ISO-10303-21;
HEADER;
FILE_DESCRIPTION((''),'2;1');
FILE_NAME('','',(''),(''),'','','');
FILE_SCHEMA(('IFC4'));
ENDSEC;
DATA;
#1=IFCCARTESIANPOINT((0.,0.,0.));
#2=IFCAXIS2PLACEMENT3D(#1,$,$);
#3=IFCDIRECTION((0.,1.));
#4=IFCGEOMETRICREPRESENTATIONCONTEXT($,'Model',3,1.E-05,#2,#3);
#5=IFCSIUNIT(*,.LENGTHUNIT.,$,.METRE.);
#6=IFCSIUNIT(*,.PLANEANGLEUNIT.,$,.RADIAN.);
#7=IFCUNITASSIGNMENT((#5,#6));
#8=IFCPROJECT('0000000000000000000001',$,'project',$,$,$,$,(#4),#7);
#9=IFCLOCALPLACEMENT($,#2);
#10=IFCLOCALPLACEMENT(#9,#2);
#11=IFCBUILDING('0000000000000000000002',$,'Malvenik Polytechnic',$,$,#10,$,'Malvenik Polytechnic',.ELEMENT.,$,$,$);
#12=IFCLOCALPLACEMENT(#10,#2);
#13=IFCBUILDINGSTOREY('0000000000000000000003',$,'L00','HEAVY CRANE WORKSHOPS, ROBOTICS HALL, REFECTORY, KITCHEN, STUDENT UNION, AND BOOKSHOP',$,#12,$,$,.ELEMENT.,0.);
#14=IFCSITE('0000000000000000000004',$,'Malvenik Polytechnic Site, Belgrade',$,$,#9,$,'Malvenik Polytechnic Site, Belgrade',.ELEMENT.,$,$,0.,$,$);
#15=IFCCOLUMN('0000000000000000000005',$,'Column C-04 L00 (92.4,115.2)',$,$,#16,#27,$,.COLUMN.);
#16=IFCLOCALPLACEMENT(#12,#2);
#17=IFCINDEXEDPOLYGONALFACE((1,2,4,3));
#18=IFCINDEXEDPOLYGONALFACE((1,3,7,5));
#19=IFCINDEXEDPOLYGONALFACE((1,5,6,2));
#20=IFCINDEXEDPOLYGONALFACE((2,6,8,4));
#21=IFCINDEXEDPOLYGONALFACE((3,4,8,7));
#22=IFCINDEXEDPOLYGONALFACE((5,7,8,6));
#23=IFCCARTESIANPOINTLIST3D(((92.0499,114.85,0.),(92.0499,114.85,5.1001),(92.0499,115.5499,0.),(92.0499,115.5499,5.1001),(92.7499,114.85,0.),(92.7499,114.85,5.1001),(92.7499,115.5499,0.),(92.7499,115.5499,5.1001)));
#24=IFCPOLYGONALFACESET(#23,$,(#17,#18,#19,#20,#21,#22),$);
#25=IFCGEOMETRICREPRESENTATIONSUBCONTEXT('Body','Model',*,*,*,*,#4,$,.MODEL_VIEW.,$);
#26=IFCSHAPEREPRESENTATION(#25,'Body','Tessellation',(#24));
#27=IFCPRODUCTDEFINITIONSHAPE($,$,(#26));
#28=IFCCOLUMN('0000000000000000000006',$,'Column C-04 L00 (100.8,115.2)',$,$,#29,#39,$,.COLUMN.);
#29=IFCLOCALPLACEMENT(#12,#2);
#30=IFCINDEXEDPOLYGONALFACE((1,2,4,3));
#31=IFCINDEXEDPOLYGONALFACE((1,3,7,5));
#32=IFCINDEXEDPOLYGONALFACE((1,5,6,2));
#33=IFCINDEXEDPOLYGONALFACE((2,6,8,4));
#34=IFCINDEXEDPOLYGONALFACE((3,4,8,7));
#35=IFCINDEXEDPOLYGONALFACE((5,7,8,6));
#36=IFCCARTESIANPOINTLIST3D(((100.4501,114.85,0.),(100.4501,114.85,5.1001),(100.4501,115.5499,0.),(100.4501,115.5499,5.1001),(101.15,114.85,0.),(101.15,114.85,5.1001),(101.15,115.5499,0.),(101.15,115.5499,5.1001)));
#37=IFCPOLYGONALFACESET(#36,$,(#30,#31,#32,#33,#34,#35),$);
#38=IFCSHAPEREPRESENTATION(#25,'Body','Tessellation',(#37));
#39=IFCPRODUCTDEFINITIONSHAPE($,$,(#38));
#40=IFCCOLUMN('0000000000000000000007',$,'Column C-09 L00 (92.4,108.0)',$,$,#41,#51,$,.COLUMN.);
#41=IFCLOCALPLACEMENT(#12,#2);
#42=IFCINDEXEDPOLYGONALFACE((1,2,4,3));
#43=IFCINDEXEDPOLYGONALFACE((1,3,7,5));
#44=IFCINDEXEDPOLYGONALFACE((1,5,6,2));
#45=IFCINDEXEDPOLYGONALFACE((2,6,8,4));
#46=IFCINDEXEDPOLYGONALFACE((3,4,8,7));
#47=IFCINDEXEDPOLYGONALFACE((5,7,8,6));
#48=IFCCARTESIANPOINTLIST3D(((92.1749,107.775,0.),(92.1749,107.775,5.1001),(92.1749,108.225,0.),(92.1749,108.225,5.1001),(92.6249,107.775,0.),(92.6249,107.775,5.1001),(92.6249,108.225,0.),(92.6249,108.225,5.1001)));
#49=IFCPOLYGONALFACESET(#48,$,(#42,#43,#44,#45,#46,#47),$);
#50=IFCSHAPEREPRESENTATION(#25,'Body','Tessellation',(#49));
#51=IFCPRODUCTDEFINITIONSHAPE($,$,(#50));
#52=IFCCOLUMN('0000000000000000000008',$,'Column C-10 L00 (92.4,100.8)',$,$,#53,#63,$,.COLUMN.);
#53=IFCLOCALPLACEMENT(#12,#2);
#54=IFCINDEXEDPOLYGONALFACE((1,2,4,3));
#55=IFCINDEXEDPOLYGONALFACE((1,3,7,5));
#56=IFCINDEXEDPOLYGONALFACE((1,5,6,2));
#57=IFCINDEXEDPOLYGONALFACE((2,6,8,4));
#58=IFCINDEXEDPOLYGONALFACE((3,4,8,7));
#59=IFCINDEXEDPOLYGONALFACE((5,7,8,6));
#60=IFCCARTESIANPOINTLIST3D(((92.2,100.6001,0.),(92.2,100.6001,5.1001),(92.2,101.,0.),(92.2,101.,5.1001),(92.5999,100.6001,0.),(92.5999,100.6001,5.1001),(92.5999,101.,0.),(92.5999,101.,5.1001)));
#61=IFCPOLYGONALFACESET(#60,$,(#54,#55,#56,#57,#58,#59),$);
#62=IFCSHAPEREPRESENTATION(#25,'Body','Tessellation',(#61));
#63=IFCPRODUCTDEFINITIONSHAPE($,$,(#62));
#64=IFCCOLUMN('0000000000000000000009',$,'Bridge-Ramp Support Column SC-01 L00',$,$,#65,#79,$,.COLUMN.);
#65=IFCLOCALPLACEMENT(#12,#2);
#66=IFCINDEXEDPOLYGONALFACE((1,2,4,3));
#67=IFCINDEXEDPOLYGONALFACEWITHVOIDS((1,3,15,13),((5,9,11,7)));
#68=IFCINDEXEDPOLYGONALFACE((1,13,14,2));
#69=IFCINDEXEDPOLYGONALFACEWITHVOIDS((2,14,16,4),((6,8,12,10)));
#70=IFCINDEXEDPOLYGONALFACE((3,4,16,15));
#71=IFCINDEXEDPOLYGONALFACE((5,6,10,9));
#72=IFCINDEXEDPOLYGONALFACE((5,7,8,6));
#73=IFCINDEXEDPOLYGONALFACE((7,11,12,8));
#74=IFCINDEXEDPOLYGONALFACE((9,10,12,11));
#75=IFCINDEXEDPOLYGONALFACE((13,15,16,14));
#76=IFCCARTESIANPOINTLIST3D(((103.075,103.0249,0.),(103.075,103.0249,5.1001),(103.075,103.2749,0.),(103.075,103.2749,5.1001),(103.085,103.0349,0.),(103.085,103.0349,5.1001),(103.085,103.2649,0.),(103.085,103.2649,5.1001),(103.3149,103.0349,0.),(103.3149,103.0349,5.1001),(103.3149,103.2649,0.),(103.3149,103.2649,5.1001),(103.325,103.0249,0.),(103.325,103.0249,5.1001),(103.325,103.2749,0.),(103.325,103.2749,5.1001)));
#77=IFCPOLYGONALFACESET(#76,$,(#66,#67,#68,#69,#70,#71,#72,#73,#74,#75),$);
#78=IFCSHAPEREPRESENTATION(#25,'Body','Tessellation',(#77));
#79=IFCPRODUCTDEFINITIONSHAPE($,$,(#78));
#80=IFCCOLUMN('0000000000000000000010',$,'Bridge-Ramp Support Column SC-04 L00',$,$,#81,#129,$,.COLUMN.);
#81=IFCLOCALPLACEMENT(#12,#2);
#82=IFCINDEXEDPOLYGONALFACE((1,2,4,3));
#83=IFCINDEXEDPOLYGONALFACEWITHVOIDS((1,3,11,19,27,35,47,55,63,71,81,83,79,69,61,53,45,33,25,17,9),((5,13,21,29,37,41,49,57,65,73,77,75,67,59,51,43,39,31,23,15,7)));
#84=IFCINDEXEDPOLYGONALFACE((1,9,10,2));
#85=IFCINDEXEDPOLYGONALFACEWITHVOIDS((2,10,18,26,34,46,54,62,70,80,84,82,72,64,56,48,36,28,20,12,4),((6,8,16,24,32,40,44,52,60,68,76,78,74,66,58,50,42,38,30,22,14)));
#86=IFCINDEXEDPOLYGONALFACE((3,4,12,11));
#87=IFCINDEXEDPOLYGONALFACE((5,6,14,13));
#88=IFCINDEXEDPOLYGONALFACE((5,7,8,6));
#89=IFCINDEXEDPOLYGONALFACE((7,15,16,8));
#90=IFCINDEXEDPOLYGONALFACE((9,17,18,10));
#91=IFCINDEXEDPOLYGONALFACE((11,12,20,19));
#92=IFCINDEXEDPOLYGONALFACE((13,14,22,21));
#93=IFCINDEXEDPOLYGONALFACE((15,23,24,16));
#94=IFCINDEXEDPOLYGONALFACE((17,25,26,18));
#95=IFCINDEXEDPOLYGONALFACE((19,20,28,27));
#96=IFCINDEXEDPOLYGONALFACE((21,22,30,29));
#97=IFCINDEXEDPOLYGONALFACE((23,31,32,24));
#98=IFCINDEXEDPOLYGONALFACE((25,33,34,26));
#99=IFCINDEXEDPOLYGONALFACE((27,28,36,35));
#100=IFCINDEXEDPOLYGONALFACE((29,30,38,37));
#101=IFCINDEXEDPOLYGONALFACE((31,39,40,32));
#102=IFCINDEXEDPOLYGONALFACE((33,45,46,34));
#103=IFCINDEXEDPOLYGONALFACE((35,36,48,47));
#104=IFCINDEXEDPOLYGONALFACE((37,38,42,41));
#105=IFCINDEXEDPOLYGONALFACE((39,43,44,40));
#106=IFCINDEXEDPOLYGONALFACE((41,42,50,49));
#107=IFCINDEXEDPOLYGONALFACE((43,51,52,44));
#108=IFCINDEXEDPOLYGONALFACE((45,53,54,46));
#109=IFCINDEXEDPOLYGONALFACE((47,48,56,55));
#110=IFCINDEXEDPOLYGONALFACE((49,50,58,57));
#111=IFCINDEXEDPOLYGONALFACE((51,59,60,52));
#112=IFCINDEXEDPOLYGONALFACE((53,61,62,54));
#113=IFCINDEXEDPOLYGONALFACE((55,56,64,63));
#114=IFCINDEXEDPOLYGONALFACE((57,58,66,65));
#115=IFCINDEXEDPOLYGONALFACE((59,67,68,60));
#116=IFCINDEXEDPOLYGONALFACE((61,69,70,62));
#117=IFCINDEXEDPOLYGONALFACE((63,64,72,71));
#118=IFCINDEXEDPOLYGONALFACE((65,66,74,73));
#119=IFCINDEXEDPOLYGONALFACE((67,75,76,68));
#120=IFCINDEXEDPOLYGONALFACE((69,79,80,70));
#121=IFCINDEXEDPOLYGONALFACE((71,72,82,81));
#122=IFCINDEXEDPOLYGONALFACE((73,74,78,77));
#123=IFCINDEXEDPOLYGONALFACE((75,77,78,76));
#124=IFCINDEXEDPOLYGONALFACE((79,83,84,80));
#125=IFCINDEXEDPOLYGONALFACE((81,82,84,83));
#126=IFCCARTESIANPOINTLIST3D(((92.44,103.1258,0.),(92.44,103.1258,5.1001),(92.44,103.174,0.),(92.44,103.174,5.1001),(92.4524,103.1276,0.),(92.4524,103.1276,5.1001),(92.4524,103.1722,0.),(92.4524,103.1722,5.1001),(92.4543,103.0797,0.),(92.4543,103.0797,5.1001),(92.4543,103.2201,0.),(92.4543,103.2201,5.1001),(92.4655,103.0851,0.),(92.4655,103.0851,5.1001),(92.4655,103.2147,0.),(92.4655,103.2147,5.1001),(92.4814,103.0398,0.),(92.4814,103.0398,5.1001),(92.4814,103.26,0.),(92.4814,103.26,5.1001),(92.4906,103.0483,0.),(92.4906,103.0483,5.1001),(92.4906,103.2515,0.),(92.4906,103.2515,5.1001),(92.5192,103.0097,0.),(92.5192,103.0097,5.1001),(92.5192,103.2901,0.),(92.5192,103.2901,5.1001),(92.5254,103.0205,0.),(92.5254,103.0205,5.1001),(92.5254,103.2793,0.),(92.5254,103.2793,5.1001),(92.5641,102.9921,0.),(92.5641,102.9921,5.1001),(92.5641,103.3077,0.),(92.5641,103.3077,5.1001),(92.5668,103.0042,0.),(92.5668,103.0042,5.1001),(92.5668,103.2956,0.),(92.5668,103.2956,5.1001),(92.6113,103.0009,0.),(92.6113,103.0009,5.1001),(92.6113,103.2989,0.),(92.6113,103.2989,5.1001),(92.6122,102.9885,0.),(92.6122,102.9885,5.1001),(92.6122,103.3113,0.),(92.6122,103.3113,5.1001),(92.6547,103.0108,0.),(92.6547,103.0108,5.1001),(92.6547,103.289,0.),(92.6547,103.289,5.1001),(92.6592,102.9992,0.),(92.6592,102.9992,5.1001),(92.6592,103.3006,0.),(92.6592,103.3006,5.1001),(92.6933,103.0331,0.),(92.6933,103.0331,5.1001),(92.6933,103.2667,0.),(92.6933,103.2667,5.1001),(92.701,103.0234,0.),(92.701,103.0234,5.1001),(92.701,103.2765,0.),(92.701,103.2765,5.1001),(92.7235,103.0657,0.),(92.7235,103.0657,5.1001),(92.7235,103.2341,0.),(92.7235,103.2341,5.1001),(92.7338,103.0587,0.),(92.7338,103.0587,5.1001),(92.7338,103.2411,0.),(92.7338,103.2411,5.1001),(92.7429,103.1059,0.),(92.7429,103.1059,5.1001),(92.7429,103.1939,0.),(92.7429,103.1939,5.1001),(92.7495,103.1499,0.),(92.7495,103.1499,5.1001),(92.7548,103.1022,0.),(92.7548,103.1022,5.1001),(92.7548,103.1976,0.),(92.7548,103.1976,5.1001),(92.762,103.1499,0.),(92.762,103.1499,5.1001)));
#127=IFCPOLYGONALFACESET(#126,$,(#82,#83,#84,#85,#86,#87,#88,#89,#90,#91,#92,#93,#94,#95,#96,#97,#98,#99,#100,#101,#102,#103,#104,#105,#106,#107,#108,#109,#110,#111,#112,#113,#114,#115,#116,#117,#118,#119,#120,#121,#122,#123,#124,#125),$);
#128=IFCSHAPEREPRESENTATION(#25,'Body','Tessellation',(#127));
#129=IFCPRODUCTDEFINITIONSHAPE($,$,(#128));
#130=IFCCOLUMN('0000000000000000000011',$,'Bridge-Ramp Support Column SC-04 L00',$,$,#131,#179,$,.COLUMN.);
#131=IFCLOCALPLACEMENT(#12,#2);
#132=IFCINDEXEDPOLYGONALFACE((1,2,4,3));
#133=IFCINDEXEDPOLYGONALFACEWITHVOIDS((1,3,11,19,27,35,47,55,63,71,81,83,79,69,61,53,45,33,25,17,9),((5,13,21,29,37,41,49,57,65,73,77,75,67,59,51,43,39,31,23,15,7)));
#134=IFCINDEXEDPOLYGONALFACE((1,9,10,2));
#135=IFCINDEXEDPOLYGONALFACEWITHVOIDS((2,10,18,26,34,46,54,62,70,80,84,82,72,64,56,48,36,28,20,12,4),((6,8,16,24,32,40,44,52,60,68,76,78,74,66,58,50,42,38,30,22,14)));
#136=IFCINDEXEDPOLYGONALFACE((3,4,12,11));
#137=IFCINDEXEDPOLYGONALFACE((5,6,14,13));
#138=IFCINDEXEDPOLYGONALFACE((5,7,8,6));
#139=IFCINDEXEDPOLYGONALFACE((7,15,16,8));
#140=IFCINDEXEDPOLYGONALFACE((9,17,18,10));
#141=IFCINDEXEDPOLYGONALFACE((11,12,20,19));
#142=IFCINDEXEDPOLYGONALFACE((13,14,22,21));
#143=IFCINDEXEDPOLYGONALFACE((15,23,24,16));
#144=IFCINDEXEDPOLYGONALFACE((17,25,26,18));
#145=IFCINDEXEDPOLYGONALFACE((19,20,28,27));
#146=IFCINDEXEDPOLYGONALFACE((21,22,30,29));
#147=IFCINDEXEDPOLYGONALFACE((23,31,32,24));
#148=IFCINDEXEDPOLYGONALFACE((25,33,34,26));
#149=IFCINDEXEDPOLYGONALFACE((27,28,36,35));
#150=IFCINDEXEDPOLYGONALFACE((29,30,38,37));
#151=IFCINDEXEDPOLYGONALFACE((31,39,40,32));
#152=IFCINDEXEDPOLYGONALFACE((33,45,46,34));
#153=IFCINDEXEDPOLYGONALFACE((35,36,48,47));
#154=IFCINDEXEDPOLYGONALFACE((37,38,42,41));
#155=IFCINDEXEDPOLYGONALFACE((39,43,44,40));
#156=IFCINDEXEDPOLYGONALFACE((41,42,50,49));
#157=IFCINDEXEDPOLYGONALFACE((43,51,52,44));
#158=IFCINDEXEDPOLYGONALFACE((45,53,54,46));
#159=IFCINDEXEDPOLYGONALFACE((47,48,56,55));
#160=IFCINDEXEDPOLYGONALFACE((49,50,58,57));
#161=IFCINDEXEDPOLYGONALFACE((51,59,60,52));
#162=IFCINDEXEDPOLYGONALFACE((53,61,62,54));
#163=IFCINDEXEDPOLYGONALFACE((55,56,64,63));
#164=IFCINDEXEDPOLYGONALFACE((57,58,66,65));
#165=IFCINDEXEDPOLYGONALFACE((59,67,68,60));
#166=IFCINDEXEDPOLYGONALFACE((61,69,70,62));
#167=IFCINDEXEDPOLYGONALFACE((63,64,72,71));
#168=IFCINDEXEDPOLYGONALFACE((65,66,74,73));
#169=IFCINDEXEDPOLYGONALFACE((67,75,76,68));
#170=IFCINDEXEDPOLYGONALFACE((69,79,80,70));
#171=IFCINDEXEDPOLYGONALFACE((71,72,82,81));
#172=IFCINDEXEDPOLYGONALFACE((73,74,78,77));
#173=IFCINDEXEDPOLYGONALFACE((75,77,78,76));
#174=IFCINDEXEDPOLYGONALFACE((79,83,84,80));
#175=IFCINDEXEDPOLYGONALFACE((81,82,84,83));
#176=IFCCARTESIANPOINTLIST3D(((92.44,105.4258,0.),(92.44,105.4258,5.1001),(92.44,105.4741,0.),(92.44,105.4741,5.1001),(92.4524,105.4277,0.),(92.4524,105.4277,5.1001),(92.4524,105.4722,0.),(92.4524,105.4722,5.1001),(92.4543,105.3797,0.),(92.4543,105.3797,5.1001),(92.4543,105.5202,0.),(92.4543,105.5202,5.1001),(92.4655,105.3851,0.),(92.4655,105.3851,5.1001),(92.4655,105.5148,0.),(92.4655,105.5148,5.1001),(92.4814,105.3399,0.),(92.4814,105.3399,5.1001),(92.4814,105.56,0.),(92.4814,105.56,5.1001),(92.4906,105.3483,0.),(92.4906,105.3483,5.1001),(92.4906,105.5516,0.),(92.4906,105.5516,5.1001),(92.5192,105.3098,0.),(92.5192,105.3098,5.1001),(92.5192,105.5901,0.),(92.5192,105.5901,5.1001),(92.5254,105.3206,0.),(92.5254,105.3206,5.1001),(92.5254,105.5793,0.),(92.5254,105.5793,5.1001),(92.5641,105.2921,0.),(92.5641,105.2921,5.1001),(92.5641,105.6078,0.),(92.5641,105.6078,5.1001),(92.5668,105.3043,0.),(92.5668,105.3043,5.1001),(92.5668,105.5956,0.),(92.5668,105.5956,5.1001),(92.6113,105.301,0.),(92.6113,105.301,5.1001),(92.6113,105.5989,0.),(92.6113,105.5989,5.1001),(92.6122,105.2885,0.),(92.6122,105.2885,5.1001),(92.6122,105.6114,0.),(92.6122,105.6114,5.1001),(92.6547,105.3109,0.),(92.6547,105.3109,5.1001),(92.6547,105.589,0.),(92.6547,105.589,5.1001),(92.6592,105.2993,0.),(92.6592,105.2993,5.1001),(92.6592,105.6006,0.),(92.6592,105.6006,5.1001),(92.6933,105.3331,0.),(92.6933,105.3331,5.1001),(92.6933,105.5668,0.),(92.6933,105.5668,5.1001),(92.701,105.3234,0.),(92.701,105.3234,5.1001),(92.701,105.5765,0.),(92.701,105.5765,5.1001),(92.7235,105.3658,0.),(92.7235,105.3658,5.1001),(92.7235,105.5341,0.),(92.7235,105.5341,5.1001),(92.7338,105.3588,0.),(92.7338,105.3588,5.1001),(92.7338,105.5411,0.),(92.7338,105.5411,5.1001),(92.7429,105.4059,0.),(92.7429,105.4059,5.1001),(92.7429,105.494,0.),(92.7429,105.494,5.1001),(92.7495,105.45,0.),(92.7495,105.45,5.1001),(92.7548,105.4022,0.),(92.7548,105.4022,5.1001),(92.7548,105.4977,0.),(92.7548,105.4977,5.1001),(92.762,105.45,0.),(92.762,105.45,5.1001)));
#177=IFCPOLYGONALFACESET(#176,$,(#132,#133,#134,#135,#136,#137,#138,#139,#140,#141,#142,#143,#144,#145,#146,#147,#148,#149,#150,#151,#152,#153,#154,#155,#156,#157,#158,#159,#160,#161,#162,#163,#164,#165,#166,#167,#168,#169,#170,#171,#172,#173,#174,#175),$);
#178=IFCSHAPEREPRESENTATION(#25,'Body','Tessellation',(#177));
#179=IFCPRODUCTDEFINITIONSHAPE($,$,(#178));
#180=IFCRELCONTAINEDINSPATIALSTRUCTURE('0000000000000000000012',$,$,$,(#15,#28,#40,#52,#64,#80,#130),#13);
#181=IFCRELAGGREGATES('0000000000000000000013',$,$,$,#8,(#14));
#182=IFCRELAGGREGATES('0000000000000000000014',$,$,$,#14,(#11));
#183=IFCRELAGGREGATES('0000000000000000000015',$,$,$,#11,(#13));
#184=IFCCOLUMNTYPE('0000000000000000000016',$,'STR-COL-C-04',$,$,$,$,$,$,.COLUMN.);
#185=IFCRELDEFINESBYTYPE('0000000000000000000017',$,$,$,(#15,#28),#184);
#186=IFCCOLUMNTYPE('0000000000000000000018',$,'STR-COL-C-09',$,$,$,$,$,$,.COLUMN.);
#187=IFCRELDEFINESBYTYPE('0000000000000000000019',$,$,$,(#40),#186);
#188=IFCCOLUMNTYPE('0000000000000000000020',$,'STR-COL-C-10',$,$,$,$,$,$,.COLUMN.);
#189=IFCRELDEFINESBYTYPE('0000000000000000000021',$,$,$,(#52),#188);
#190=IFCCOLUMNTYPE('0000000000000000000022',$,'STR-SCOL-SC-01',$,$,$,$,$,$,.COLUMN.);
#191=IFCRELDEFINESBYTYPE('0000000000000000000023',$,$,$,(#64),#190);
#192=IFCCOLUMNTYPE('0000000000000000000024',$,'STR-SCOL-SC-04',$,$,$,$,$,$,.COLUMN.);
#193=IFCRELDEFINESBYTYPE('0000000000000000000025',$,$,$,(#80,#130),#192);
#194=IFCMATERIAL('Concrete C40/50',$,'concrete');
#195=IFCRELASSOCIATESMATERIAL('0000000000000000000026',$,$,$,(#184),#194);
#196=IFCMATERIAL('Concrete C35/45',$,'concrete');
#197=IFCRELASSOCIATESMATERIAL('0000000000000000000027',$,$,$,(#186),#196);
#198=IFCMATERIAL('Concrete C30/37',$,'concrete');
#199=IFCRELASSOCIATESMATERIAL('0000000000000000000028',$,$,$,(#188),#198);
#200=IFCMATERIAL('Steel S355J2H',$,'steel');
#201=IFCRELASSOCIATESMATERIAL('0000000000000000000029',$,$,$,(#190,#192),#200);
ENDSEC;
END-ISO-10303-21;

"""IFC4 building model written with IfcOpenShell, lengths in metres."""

from ifc_helpers import new_model, si_unit, direction, frame, origin, origin_2d, place, context, subcontext, project, spatial, rectangle, hollow_rectangle, hollow_circle, extrude, material, material_profile, profile_set, type_object, element, save


model = new_model("IFC4")

# Units and contexts
model_context = context("Model", 3, precision=1e-05, world=origin(), true_north=direction((0.0, 1.0)))
body_context = subcontext(model_context, "Body", "Model", "MODEL_VIEW")
ifc_project = project(units=[si_unit("LENGTHUNIT", "METRE"), si_unit("PLANEANGLEUNIT", "RADIAN")], contexts=[model_context])

# Site, building, storey
site_placement = place(None, origin())
site = spatial("IfcSite", under=ifc_project, at=site_placement, Name="Malvenik Polytechnic Site, Belgrade", LongName="Malvenik Polytechnic Site, Belgrade", CompositionType="ELEMENT", RefElevation=0.0)
building_placement = place(site_placement, origin())
building = spatial("IfcBuilding", under=site, at=building_placement, Name="Malvenik Polytechnic", LongName="Malvenik Polytechnic", CompositionType="ELEMENT")
storey_placement = place(building_placement, origin())
storey = spatial("IfcBuildingStorey", under=building, at=storey_placement, Name="L00", Description="HEAVY CRANE WORKSHOPS, ROBOTICS HALL, REFECTORY, KITCHEN, STUDENT UNION, AND BOOKSHOP", CompositionType="ELEMENT", Elevation=0.0)

# Columns
ifc_material_1 = material(Name="Concrete C40/50", Category="concrete")
ifc_material_profile_1 = material_profile(ifc_material_1, rectangle(XDim=0.7, YDim=0.7, at=origin_2d()), Name="RC COL 700x700")
ifc_profile_set_1 = profile_set([ifc_material_profile_1], Name="Concrete C40/50")
column_type_1 = type_object("IfcColumnType", Name="STR-COL-C-04", PredefinedType="COLUMN", material=ifc_profile_set_1)
for number, where, z_axis, x_axis, name in (
    (1, (92.3999, 115.2, 0.0), (0.0, 0.0, 1.0), (1.0, 0.0, 0.0), "Column C-04 L00 (92.4,115.2)"),
    (2, (100.8, 115.2, 0.0), (0.0, 0.0, 1.0), (1.0, 0.0, 0.0), "Column C-04 L00 (100.8,115.2)"),
):
    element("IfcColumn", number, at=place(storey_placement, frame(where, z_axis=z_axis, x_axis=x_axis)), inside=storey, type_object=column_type_1, Name=name, PredefinedType="COLUMN", context=body_context, shape_type="SweptSolid", body=[
        extrude(rectangle(XDim=0.7, YDim=0.7, at=origin_2d()), origin(), (0.0, 0.0, 1.0), 5.1001),
    ])
ifc_material_2 = material(Name="Concrete C35/45", Category="concrete")
ifc_material_profile_2 = material_profile(ifc_material_2, rectangle(XDim=0.45, YDim=0.45, at=origin_2d()), Name="RC COL 450x450")
ifc_profile_set_2 = profile_set([ifc_material_profile_2], Name="Concrete C35/45")
column_type_2 = type_object("IfcColumnType", Name="STR-COL-C-09", PredefinedType="COLUMN", material=ifc_profile_set_2)
column_1_placement = place(storey_placement, frame((92.3999, 108.0, 0.0), z_axis=(0.0, 0.0, 1.0), x_axis=(1.0, 0.0, 0.0)))
element("IfcColumn", 3, at=column_1_placement, inside=storey, type_object=column_type_2, Name="Column C-09 L00 (92.4,108.0)", PredefinedType="COLUMN", context=body_context, shape_type="SweptSolid", body=[
    extrude(rectangle(XDim=0.45, YDim=0.45, at=origin_2d()), origin(), (0.0, 0.0, 1.0), 5.1001),
])
ifc_material_3 = material(Name="Concrete C30/37", Category="concrete")
ifc_material_profile_3 = material_profile(ifc_material_3, rectangle(XDim=0.3999, YDim=0.3999, at=origin_2d()), Name="RC COL 400x400")
ifc_profile_set_3 = profile_set([ifc_material_profile_3], Name="Concrete C30/37")
column_type_3 = type_object("IfcColumnType", Name="STR-COL-C-10", PredefinedType="COLUMN", material=ifc_profile_set_3)
column_2_placement = place(storey_placement, frame((92.3999, 100.8, 0.0), z_axis=(0.0, 0.0, 1.0), x_axis=(1.0, 0.0, 0.0)))
element("IfcColumn", 4, at=column_2_placement, inside=storey, type_object=column_type_3, Name="Column C-10 L00 (92.4,100.8)", PredefinedType="COLUMN", context=body_context, shape_type="SweptSolid", body=[
    extrude(rectangle(XDim=0.3999, YDim=0.3999, at=origin_2d()), origin(), (0.0, 0.0, 1.0), 5.1001),
])
ifc_material_4 = material(Name="Steel S355J2H", Category="steel")
ifc_material_profile_4 = material_profile(ifc_material_4, hollow_rectangle(XDim=0.25, YDim=0.25, WallThickness=0.01, at=origin_2d()), Name="SHS 250x250x10.0")
ifc_profile_set_4 = profile_set([ifc_material_profile_4], Name="Steel S355J2H")
column_type_4 = type_object("IfcColumnType", Name="STR-SCOL-SC-01", PredefinedType="COLUMN", material=ifc_profile_set_4)
column_3_placement = place(storey_placement, frame((103.2, 103.1499, 0.0), z_axis=(0.0, 0.0, 1.0), x_axis=(1.0, 0.0, 0.0)))
element("IfcColumn", 5, at=column_3_placement, inside=storey, type_object=column_type_4, Name="Bridge-Ramp Support Column SC-01 L00", PredefinedType="COLUMN", context=body_context, shape_type="SweptSolid", body=[
    extrude(hollow_rectangle(XDim=0.25, YDim=0.25, WallThickness=0.01, at=origin_2d()), origin(), (0.0, 0.0, 1.0), 5.1001),
])
ifc_material_profile_5 = material_profile(ifc_material_4, hollow_circle(Radius=0.1619, WallThickness=0.0125, at=origin_2d()), Name="CHS 323.9x12.5")
ifc_profile_set_5 = profile_set([ifc_material_profile_5], Name="Steel S355J2H")
column_type_5 = type_object("IfcColumnType", Name="STR-SCOL-SC-04", PredefinedType="COLUMN", material=ifc_profile_set_5)
for number, where, z_axis, x_axis, name in (
    (6, (92.6001, 103.1499, 0.0), (0.0, 0.0, 1.0), (1.0, 0.0, 0.0), "Bridge-Ramp Support Column SC-04 L00"),
    (7, (92.6001, 105.45, 0.0), (0.0, 0.0, 1.0), (1.0, 0.0, 0.0), "Bridge-Ramp Support Column SC-04 L00"),
):
    element("IfcColumn", number, at=place(storey_placement, frame(where, z_axis=z_axis, x_axis=x_axis)), inside=storey, type_object=column_type_5, Name=name, PredefinedType="COLUMN", context=body_context, shape_type="SweptSolid", body=[
        extrude(hollow_circle(Radius=0.1619, WallThickness=0.0125, at=origin_2d()), origin(), (0.0, 0.0, 1.0), 5.1001),
    ])

save(model, "model.ifc")
